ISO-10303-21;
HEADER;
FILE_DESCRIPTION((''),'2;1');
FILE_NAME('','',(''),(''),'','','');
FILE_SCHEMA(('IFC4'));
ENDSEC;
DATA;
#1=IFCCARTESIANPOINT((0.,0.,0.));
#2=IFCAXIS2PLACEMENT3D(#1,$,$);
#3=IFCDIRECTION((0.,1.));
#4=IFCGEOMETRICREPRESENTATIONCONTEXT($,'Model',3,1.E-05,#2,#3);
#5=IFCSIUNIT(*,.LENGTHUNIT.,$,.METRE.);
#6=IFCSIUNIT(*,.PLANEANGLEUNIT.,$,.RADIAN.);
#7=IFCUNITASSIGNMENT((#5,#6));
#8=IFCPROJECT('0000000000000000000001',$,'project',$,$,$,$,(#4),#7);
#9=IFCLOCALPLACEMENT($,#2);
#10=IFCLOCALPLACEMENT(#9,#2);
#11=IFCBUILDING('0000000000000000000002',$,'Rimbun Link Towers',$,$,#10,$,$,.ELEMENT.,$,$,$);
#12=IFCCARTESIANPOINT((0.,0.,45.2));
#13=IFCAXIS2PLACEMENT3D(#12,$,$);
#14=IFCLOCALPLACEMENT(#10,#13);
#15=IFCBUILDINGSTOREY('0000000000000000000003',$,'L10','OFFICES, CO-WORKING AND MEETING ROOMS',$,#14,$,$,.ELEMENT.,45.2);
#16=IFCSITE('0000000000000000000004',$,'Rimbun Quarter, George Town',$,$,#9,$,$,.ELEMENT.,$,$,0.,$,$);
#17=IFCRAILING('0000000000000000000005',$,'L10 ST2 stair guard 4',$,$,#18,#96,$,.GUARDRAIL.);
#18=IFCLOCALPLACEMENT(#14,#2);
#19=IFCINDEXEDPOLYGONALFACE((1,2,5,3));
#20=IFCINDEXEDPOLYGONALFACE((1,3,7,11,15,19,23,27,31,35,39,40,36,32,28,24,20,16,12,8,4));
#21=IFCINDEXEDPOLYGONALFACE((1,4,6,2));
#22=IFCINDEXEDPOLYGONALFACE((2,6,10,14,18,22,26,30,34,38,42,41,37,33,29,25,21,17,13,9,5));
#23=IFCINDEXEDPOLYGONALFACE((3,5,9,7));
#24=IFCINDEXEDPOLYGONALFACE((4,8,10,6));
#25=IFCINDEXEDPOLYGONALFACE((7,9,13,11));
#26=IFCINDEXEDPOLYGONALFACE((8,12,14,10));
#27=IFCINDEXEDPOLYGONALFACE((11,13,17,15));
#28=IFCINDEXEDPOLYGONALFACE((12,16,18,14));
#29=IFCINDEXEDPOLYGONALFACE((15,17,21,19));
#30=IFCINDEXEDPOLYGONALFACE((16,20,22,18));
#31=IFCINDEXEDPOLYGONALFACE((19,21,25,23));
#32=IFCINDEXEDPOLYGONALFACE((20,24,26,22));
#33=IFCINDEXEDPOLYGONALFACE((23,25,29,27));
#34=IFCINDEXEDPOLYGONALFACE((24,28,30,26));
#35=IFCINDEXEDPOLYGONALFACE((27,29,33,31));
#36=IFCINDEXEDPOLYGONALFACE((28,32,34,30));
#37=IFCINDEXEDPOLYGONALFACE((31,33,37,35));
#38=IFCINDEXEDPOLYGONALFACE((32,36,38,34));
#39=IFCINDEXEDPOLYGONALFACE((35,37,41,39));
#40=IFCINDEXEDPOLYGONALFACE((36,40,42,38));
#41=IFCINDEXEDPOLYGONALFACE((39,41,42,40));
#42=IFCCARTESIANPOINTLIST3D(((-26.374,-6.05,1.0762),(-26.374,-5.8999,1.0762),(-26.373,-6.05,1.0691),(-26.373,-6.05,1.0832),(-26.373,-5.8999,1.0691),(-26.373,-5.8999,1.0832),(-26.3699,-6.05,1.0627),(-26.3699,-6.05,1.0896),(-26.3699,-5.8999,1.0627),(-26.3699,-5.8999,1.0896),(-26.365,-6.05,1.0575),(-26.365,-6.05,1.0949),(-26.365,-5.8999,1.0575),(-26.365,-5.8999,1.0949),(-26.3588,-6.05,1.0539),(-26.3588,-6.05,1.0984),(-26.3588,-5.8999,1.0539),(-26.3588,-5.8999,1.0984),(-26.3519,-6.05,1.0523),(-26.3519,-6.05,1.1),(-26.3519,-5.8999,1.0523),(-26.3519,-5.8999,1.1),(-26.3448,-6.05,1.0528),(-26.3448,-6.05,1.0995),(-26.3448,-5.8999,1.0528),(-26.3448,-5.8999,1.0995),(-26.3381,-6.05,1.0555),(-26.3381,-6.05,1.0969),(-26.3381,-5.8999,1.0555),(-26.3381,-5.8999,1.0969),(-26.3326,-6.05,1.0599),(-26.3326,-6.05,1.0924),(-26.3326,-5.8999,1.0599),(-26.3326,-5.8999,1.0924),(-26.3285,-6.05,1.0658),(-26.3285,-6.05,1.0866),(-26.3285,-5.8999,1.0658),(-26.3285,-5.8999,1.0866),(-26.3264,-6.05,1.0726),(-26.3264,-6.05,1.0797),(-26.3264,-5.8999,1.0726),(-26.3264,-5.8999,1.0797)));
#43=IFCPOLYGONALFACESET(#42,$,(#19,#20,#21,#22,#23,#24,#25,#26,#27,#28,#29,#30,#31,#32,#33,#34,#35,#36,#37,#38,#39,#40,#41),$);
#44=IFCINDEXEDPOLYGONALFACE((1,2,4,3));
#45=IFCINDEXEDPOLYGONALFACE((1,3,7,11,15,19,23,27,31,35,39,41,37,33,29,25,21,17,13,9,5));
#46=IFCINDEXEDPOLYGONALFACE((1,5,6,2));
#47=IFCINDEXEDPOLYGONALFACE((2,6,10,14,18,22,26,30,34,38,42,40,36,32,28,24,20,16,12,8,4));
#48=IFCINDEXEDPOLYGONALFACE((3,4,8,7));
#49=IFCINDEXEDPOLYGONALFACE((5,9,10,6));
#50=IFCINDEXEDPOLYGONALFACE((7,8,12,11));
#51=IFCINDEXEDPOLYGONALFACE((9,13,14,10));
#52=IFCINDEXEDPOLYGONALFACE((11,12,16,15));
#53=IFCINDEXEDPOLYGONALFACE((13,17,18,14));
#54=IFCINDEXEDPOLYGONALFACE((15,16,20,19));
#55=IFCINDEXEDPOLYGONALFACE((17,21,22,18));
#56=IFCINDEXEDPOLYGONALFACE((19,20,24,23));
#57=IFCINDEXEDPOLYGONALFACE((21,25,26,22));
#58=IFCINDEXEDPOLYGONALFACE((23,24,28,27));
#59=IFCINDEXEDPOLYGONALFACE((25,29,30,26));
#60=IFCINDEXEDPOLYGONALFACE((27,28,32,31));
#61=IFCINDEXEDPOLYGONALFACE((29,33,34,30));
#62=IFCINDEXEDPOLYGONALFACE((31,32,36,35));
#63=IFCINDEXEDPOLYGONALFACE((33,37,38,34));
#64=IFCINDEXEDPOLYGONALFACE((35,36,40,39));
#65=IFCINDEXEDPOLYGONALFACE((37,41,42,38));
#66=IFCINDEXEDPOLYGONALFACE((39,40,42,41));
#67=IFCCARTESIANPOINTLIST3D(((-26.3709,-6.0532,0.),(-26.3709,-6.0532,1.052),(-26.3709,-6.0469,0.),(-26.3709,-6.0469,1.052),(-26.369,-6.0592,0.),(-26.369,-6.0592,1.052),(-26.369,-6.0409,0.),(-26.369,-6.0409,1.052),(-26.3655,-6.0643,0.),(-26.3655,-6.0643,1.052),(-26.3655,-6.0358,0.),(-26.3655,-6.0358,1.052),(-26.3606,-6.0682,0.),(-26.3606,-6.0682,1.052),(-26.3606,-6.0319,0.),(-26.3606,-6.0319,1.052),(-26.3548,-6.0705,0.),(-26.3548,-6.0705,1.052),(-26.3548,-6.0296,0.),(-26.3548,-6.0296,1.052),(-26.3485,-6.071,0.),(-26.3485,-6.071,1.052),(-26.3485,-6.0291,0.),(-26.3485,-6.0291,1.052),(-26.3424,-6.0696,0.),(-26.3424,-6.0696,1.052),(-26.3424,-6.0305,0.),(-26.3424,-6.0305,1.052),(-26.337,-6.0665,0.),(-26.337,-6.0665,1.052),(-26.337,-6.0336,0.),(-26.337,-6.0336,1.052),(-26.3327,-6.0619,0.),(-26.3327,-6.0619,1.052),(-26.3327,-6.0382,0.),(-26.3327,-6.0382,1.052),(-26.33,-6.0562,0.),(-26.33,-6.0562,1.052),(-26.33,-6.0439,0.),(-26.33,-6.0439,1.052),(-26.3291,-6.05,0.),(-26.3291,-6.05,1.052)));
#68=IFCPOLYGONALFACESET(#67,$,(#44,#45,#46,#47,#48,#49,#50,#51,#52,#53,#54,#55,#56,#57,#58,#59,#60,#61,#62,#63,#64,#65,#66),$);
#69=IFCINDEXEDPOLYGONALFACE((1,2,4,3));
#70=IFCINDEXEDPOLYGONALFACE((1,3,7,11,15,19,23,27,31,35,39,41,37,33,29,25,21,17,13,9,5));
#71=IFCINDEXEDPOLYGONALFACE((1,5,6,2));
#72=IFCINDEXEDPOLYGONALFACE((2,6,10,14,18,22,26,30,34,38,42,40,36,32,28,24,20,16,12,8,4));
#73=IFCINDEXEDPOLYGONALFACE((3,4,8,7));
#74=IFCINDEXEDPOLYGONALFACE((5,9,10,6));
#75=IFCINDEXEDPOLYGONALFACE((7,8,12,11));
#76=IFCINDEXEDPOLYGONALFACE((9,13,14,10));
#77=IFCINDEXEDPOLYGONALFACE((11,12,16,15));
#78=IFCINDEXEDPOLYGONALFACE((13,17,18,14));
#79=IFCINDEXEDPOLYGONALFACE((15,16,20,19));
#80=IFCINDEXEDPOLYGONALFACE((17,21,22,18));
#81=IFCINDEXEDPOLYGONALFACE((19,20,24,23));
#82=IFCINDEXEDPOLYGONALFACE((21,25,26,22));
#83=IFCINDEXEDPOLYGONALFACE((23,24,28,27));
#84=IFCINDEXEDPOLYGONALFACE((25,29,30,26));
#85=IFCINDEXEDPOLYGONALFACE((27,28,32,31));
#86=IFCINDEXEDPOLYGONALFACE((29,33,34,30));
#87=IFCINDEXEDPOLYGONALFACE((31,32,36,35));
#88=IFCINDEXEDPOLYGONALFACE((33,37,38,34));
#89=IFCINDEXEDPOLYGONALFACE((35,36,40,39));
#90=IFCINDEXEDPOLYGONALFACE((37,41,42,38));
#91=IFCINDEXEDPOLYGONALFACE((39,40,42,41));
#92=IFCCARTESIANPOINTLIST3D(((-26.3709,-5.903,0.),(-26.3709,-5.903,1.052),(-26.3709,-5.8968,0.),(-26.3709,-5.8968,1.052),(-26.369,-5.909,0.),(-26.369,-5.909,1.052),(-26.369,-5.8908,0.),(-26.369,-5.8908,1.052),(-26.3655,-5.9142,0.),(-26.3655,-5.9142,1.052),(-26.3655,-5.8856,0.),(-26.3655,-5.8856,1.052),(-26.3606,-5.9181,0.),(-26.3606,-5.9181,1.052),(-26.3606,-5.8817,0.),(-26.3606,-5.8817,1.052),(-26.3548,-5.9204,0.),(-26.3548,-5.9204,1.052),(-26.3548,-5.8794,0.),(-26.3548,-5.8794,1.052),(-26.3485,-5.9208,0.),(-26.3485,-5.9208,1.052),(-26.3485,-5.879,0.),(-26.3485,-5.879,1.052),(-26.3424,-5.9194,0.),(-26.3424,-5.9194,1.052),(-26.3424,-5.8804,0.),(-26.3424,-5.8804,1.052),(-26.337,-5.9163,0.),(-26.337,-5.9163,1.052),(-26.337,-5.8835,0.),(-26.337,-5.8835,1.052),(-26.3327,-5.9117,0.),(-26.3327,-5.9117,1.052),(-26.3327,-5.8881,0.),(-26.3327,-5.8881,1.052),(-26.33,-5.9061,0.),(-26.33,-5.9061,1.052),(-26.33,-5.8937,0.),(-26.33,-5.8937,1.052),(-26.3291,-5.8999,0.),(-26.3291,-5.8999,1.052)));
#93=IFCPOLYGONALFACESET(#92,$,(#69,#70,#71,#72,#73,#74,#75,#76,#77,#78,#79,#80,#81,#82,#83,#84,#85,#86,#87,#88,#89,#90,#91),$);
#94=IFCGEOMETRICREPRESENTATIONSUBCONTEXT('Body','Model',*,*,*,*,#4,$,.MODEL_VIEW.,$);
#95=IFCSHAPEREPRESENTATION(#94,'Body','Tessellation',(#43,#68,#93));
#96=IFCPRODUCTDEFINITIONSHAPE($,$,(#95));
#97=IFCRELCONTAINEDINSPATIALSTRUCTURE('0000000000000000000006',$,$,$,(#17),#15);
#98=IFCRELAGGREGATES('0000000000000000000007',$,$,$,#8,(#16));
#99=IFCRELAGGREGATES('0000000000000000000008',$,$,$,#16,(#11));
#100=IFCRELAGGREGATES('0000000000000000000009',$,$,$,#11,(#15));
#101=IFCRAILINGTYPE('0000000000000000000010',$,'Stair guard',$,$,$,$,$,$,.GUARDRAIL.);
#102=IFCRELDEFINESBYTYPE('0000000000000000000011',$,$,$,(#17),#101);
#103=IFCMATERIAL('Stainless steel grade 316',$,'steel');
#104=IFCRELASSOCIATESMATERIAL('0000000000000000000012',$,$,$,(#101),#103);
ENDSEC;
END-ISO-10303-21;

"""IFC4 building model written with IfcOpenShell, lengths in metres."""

from ifc_helpers import new_model, si_unit, direction, frame, origin, origin_2d, place, context, subcontext, project, spatial, circle, extrude, material, type_object, element, save


model = new_model("IFC4")

# Units and contexts
model_context = context("Model", 3, precision=1e-05, world=origin(), true_north=direction((0.0, 1.0)))
body_context = subcontext(model_context, "Body", "Model", "MODEL_VIEW")
ifc_project = project(units=[si_unit("LENGTHUNIT", "METRE"), si_unit("PLANEANGLEUNIT", "RADIAN")], contexts=[model_context])

# Site, building, storey
site_placement = place(None, origin())
site = spatial("IfcSite", under=ifc_project, at=site_placement, Name="Rimbun Quarter, George Town", CompositionType="ELEMENT", RefElevation=0.0)
building_placement = place(site_placement, origin())
building = spatial("IfcBuilding", under=site, at=building_placement, Name="Rimbun Link Towers", CompositionType="ELEMENT")
storey_placement = place(building_placement, frame((0.0, 0.0, 45.2)))
storey = spatial("IfcBuildingStorey", under=building, at=storey_placement, Name="L10", Description="OFFICES, CO-WORKING AND MEETING ROOMS", CompositionType="ELEMENT", Elevation=45.2)

# Railing
ifc_material_1 = material(Name="Stainless steel grade 316", Category="steel")
railing_type_1 = type_object("IfcRailingType", Name="Stair guard", PredefinedType="GUARDRAIL", material=ifc_material_1)
railing_1_placement = place(storey_placement, frame((-26.3501, -6.05, 0.0)))
element("IfcRailing", 1, at=railing_1_placement, inside=storey, type_object=railing_type_1, Name="L10 ST2 stair guard 4", PredefinedType="GUARDRAIL", context=body_context, shape_type="SweptSolid", body=[
    extrude(circle(Radius=0.0239, at=origin_2d()), frame((0.0, 0.0, 1.0762), z_axis=(0.0, 1.0, 0.0), x_axis=(-1.0, 0.0, 0.0)), (0.0, 0.0, 1.0), 0.1501),
    extrude(circle(Radius=0.021, at=origin_2d()), origin(), (0.0, 0.0, 1.0), 1.052),
    extrude(circle(Radius=0.021, at=origin_2d()), frame((0.0, 0.1501, 0.0)), (0.0, 0.0, 1.0), 1.052),
])

save(model, "model.ifc")
